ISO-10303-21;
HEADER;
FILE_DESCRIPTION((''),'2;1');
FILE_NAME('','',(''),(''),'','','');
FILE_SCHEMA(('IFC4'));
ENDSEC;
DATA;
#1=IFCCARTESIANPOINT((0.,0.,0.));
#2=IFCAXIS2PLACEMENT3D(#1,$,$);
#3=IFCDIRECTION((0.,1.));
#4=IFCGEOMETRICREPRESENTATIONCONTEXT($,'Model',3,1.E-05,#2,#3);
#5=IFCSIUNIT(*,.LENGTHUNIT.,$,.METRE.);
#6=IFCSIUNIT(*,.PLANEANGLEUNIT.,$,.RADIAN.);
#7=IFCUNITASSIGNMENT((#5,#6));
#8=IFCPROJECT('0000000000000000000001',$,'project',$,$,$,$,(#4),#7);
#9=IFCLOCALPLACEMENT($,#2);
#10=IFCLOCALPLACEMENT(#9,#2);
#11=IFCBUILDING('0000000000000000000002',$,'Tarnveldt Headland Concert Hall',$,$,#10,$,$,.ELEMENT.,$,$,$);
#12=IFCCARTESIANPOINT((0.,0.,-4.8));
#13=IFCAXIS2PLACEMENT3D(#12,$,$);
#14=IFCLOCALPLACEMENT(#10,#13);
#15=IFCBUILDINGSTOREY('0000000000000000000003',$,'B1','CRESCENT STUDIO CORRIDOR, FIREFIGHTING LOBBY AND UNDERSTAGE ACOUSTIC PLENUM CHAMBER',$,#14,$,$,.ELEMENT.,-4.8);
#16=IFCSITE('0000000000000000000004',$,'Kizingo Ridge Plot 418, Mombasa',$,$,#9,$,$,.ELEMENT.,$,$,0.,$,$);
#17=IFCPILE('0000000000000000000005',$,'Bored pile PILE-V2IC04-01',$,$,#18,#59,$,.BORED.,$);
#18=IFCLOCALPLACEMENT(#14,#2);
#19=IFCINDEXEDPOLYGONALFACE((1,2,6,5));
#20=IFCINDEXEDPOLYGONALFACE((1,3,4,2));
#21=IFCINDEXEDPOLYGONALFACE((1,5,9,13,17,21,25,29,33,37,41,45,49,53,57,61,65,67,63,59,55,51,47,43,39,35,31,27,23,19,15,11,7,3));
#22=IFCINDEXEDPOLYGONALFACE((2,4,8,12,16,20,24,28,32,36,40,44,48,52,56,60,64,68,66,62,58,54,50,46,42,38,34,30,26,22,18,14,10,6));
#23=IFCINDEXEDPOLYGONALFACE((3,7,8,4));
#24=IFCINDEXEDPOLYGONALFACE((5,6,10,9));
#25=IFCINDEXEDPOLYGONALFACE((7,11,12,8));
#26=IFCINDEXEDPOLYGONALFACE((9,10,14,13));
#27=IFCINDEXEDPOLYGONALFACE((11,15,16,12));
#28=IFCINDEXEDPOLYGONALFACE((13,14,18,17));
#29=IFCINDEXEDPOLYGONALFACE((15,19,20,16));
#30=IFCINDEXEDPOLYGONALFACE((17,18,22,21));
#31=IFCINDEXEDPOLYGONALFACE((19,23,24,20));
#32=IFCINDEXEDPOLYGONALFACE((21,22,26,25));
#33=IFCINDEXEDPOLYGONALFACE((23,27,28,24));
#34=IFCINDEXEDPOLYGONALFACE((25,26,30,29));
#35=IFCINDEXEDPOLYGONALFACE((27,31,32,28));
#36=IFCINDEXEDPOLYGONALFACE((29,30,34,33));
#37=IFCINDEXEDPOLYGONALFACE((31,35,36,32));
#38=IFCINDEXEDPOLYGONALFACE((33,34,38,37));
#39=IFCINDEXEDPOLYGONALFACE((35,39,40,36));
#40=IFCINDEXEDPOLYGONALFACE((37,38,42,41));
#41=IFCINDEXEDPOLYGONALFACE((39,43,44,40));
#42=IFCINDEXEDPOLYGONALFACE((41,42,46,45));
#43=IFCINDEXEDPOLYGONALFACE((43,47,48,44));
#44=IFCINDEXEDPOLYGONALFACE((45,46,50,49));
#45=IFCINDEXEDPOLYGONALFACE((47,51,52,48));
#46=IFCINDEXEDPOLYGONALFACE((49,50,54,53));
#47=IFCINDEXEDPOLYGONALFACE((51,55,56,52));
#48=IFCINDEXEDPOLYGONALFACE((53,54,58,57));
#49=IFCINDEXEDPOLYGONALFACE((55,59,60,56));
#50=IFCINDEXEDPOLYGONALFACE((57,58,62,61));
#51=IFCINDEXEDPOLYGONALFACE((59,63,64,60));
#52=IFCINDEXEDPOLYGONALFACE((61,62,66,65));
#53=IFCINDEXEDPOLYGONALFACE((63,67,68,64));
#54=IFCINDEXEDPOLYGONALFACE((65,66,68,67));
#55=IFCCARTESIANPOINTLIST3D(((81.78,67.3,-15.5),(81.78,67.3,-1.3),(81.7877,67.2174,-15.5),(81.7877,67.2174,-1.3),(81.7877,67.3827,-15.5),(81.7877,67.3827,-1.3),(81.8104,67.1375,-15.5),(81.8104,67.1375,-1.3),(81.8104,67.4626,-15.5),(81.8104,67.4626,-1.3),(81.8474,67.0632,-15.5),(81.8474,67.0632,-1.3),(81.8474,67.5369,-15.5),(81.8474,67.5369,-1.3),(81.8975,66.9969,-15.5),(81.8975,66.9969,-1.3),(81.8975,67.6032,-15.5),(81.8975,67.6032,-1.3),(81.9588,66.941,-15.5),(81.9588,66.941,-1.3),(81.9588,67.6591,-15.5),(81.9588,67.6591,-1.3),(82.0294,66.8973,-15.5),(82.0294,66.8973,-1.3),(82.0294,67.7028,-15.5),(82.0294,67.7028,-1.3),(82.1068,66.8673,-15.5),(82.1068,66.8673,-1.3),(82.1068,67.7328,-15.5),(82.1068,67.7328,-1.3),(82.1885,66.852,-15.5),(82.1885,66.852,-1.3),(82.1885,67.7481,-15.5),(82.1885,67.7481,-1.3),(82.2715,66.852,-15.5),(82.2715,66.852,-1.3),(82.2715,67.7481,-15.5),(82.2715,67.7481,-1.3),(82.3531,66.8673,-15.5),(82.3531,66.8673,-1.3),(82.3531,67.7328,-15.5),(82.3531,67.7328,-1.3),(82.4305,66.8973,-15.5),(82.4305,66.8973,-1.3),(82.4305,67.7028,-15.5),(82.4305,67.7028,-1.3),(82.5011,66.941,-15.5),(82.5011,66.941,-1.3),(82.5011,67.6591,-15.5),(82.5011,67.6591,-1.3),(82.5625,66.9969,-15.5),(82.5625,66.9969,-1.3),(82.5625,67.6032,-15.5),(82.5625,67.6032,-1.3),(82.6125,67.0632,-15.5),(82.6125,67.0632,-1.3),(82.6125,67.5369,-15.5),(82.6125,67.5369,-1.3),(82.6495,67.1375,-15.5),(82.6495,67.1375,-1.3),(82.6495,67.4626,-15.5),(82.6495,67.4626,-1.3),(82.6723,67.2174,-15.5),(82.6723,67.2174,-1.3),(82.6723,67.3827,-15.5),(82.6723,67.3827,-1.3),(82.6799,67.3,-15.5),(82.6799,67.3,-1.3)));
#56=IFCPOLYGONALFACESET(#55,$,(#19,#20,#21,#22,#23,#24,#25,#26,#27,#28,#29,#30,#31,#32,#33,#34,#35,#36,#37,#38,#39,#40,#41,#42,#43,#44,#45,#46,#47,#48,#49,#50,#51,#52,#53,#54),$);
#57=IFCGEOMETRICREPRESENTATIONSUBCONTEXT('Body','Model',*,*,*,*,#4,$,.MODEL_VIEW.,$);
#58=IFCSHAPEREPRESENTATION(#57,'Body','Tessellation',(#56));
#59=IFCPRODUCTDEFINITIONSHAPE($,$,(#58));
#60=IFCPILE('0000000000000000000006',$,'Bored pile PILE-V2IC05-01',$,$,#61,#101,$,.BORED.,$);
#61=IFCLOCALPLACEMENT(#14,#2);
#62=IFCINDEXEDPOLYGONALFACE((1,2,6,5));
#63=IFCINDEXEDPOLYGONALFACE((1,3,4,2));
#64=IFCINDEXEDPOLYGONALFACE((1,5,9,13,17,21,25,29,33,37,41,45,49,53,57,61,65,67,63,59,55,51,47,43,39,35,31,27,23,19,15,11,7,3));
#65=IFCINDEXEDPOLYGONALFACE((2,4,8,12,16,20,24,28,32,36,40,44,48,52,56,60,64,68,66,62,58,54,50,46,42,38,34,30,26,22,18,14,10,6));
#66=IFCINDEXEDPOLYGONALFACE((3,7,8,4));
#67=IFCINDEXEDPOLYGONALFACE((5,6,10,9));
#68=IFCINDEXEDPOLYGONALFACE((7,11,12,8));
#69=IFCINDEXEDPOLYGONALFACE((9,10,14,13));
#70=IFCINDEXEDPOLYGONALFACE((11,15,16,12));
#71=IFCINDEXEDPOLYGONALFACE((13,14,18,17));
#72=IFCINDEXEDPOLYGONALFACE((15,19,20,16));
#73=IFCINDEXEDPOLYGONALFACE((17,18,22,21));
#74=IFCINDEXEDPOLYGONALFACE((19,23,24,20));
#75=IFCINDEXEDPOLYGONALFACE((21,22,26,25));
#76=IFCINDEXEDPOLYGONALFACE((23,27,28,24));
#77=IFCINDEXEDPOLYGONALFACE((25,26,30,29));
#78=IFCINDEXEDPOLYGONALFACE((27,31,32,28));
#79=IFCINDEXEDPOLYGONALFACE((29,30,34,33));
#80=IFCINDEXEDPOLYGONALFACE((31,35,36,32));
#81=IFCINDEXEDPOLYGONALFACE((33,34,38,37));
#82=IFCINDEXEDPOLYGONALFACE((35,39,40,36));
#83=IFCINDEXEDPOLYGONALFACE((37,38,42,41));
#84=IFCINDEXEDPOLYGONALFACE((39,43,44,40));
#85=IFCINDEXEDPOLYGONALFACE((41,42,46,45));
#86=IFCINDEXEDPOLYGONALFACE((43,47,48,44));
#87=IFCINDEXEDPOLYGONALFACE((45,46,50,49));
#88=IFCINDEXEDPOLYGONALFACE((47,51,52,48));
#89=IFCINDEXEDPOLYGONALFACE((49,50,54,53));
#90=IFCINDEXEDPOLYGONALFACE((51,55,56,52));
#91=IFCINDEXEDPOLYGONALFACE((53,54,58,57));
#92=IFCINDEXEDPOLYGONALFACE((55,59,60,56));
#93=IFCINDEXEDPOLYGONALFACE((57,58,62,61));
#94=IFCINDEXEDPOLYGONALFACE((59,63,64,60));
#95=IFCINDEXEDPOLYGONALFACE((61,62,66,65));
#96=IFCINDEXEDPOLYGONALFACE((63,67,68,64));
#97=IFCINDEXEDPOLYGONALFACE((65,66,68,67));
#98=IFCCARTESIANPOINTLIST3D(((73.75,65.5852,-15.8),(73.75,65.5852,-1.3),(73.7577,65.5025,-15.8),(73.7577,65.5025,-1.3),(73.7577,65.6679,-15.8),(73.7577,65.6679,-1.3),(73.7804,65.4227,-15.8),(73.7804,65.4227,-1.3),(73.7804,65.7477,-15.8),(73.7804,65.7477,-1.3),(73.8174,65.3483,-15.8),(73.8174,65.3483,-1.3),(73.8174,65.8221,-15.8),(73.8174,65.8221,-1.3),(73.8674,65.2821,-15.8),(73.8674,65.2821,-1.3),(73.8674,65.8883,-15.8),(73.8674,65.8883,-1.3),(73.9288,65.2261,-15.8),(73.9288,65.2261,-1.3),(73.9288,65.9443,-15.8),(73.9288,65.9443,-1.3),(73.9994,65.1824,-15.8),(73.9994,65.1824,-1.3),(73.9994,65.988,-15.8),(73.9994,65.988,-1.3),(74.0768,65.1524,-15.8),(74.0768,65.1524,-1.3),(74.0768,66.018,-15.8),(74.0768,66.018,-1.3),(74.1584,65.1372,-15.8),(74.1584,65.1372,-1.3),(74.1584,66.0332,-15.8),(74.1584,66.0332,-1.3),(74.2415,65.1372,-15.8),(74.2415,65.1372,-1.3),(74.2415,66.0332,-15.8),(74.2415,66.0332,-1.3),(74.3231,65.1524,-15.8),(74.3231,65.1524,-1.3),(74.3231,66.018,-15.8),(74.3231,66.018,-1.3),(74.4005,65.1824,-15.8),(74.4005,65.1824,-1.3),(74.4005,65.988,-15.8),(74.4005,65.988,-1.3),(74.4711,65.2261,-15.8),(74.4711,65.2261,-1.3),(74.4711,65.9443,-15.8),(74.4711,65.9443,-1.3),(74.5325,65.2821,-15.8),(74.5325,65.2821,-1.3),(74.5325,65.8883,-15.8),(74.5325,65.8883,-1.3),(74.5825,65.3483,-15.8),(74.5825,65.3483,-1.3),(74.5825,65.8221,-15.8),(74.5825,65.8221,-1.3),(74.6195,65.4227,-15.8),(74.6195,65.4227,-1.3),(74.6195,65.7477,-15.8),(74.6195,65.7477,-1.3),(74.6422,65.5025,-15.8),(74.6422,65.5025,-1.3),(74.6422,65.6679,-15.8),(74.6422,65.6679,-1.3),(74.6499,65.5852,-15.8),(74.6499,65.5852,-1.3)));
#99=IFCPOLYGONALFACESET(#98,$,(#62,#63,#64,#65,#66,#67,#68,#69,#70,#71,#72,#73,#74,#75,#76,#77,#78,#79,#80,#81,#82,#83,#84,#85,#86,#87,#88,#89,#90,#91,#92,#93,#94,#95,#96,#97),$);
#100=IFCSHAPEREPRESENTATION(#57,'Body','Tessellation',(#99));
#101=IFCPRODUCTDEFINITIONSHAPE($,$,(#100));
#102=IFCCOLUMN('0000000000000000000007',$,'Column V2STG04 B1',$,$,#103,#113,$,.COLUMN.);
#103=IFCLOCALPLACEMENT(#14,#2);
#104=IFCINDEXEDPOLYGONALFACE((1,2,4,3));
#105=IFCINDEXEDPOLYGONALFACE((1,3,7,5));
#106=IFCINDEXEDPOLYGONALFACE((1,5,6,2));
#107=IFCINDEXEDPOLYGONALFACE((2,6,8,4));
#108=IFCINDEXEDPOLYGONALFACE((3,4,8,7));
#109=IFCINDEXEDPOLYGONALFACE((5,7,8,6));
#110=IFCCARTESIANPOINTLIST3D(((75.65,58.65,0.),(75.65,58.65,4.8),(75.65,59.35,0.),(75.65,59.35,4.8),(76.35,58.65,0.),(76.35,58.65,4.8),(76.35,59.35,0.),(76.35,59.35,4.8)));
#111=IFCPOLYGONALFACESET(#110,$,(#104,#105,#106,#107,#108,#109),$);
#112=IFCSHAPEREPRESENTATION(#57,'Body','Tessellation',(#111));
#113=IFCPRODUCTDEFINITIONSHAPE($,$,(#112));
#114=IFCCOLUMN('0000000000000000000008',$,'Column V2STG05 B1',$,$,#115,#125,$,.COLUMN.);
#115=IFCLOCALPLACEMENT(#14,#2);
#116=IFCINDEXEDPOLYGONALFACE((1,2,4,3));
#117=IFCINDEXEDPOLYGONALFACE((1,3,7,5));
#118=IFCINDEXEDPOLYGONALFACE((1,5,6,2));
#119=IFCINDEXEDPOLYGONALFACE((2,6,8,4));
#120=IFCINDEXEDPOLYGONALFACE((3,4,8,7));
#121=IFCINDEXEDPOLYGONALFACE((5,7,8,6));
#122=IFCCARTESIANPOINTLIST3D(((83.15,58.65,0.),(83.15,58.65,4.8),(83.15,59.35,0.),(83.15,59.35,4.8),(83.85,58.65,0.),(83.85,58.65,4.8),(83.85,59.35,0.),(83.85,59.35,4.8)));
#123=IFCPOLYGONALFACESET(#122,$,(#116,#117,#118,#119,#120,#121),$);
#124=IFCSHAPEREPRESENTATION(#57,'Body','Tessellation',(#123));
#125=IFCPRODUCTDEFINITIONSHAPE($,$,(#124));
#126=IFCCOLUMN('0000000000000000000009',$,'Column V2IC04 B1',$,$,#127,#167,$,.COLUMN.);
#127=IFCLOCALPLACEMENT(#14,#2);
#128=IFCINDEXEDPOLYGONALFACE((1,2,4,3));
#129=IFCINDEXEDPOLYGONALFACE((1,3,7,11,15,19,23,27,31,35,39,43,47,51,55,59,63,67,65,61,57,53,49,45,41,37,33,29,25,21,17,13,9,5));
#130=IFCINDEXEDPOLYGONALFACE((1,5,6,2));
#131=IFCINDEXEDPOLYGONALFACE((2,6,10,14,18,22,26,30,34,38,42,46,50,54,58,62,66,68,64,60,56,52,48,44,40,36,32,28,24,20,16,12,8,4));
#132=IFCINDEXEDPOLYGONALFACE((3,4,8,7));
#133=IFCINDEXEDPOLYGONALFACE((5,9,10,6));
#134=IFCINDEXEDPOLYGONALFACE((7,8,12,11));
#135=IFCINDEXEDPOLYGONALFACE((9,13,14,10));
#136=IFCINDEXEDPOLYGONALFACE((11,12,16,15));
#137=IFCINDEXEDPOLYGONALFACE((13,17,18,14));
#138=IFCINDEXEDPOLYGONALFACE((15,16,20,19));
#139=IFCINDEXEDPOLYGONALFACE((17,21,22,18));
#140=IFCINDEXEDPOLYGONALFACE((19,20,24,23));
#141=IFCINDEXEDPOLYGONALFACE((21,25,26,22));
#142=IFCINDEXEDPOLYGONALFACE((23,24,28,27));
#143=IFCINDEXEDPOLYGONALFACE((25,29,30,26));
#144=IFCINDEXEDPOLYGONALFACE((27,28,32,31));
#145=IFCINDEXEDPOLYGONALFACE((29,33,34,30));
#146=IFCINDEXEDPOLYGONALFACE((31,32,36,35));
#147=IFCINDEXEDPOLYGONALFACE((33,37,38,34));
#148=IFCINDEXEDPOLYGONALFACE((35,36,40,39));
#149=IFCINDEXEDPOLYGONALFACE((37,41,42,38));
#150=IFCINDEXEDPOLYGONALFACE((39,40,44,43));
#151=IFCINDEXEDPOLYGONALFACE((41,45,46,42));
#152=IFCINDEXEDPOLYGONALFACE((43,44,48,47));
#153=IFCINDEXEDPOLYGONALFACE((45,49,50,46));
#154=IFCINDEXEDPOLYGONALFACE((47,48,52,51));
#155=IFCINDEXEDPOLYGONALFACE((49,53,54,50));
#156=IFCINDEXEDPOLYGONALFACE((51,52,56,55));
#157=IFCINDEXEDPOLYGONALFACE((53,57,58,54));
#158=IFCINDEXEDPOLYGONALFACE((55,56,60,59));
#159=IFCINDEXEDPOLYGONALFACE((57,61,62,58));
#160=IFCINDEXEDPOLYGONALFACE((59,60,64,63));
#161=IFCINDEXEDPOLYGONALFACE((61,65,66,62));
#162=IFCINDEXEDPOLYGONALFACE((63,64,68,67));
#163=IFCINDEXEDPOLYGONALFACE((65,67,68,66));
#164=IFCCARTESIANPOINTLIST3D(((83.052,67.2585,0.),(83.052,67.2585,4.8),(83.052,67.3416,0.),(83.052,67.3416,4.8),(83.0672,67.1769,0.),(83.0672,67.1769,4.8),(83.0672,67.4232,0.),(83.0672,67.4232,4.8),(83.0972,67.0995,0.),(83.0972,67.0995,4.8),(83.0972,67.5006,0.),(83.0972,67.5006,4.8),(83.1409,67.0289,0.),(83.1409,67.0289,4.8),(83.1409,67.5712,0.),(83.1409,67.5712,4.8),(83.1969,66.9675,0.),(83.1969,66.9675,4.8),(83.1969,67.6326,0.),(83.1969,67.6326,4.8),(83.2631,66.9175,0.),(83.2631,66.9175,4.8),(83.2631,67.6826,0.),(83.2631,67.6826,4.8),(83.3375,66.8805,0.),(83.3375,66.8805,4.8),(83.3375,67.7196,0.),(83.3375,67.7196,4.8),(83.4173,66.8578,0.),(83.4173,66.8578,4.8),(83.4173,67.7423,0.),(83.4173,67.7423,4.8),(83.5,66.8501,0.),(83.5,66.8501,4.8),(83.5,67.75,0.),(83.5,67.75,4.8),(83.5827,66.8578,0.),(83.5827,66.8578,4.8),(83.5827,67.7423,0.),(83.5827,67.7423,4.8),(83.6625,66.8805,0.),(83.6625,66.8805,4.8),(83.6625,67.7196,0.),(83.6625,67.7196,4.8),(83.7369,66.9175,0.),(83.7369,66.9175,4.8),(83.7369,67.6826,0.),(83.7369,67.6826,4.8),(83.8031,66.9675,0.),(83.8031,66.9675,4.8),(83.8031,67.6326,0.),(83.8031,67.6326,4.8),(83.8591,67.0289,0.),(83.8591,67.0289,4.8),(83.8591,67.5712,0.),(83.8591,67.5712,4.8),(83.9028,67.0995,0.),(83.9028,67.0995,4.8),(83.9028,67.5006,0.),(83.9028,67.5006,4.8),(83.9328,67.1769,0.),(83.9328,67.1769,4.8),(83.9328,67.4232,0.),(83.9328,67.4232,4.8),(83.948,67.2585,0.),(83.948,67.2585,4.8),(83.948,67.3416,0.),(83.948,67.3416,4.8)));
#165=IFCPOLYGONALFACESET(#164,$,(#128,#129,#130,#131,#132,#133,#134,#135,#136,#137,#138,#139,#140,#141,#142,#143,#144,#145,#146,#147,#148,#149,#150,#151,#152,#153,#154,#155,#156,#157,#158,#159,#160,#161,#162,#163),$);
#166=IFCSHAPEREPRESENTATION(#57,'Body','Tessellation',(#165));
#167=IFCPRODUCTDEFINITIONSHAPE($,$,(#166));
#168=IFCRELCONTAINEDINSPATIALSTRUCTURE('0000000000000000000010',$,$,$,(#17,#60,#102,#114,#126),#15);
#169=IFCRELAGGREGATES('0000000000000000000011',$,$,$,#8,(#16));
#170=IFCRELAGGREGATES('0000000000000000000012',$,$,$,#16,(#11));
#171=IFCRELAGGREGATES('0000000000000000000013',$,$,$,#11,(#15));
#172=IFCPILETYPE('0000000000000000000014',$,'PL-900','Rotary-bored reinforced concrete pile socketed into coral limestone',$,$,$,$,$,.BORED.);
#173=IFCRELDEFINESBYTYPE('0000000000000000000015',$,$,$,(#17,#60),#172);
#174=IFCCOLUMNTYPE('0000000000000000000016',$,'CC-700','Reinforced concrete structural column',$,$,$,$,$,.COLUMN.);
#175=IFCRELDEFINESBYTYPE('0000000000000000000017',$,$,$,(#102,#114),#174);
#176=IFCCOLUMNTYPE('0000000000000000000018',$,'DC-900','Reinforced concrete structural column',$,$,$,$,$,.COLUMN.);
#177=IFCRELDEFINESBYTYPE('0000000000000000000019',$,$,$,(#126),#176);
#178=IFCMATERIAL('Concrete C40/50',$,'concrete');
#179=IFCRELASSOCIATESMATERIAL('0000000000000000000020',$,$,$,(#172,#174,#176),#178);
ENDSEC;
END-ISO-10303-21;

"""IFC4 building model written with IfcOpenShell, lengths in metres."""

from ifc_helpers import new_model, si_unit, direction, frame, origin, origin_2d, place, context, subcontext, project, spatial, rectangle, circle, extrude, material, material_profile, profile_set, type_object, element, save


model = new_model("IFC4")

# Units and contexts
model_context = context("Model", 3, precision=1e-05, world=origin(), true_north=direction((0.0, 1.0)))
body_context = subcontext(model_context, "Body", "Model", "MODEL_VIEW")
ifc_project = project(units=[si_unit("LENGTHUNIT", "METRE"), si_unit("PLANEANGLEUNIT", "RADIAN")], contexts=[model_context])

# Site, building, storey
site_placement = place(None, origin())
site = spatial("IfcSite", under=ifc_project, at=site_placement, Name="Kizingo Ridge Plot 418, Mombasa", CompositionType="ELEMENT", RefElevation=0.0)
building_placement = place(site_placement, origin())
building = spatial("IfcBuilding", under=site, at=building_placement, Name="Tarnveldt Headland Concert Hall", CompositionType="ELEMENT")
storey_placement = place(building_placement, frame((0.0, 0.0, -4.8)))
storey = spatial("IfcBuildingStorey", under=building, at=storey_placement, Name="B1", Description="CRESCENT STUDIO CORRIDOR, FIREFIGHTING LOBBY AND UNDERSTAGE ACOUSTIC PLENUM CHAMBER", CompositionType="ELEMENT", Elevation=-4.8)

# Shared definitions
ifc_material_1 = material(Name="Concrete C40/50", Category="concrete")

# Piles
ifc_material_profile_1 = material_profile(ifc_material_1, circle(Radius=0.45, at=origin_2d()), Name="BORED PILE D900", Category="concrete")
ifc_profile_set_1 = profile_set([ifc_material_profile_1], Name="Concrete C40/50")
pile_type_1 = type_object("IfcPileType", Name="PL-900", Description="Rotary-bored reinforced concrete pile socketed into coral limestone", PredefinedType="BORED", material=ifc_profile_set_1)
pile_1_placement = place(storey_placement, frame((82.23, 67.3, -1.3), z_axis=(0.0, 0.0, -1.0), x_axis=(1.0, 0.0, 0.0)))
element("IfcPile", 1, at=pile_1_placement, inside=storey, type_object=pile_type_1, Name="Bored pile PILE-V2IC04-01", PredefinedType="BORED", context=body_context, shape_type="SweptSolid", body=[
    extrude(circle(Radius=0.45, at=origin_2d()), origin(), (0.0, 0.0, 1.0), 14.2),
])
pile_2_placement = place(storey_placement, frame((74.2, 65.5852, -1.3), z_axis=(0.0, 0.0, -1.0), x_axis=(1.0, 0.0, 0.0)))
element("IfcPile", 2, at=pile_2_placement, inside=storey, type_object=pile_type_1, Name="Bored pile PILE-V2IC05-01", PredefinedType="BORED", context=body_context, shape_type="SweptSolid", body=[
    extrude(circle(Radius=0.45, at=origin_2d()), origin(), (0.0, 0.0, 1.0), 14.5),
])

# Columns
ifc_material_profile_2 = material_profile(ifc_material_1, rectangle(XDim=0.7, YDim=0.7, at=origin_2d()), Name="RC 700x700", Category="concrete")
ifc_profile_set_2 = profile_set([ifc_material_profile_2], Name="Concrete C40/50")
column_type_1 = type_object("IfcColumnType", Name="CC-700", Description="Reinforced concrete structural column", PredefinedType="COLUMN", material=ifc_profile_set_2)
for number, where, z_axis, x_axis, name in (
    (3, (76.0, 59.0, 0.0), (0.0, 0.0, 1.0), (1.0, 0.0, 0.0), "Column V2STG04 B1"),
    (4, (83.5, 59.0, 0.0), (0.0, 0.0, 1.0), (1.0, 0.0, 0.0), "Column V2STG05 B1"),
):
    element("IfcColumn", number, at=place(storey_placement, frame(where, z_axis=z_axis, x_axis=x_axis)), inside=storey, type_object=column_type_1, Name=name, PredefinedType="COLUMN", context=body_context, shape_type="SweptSolid", body=[
        extrude(rectangle(XDim=0.7, YDim=0.7, at=origin_2d()), origin(), (0.0, 0.0, 1.0), 4.8),
    ])
ifc_material_profile_3 = material_profile(ifc_material_1, circle(Radius=0.45, at=origin_2d()), Name="RC D900", Category="concrete")
ifc_profile_set_3 = profile_set([ifc_material_profile_3], Name="Concrete C40/50")
column_type_2 = type_object("IfcColumnType", Name="DC-900", Description="Reinforced concrete structural column", PredefinedType="COLUMN", material=ifc_profile_set_3)
for number, where, z_axis, x_axis, name in (
    (5, (83.5, 67.3, 0.0), (0.0, 0.0, 1.0), (0.0, 1.0, 0.0), "Column V2IC04 B1"),
):
    element("IfcColumn", number, at=place(storey_placement, frame(where, z_axis=z_axis, x_axis=x_axis)), inside=storey, type_object=column_type_2, Name=name, PredefinedType="COLUMN", context=body_context, shape_type="SweptSolid", body=[
        extrude(circle(Radius=0.45, at=origin_2d()), origin(), (0.0, 0.0, 1.0), 4.8),
    ])

save(model, "model.ifc")
